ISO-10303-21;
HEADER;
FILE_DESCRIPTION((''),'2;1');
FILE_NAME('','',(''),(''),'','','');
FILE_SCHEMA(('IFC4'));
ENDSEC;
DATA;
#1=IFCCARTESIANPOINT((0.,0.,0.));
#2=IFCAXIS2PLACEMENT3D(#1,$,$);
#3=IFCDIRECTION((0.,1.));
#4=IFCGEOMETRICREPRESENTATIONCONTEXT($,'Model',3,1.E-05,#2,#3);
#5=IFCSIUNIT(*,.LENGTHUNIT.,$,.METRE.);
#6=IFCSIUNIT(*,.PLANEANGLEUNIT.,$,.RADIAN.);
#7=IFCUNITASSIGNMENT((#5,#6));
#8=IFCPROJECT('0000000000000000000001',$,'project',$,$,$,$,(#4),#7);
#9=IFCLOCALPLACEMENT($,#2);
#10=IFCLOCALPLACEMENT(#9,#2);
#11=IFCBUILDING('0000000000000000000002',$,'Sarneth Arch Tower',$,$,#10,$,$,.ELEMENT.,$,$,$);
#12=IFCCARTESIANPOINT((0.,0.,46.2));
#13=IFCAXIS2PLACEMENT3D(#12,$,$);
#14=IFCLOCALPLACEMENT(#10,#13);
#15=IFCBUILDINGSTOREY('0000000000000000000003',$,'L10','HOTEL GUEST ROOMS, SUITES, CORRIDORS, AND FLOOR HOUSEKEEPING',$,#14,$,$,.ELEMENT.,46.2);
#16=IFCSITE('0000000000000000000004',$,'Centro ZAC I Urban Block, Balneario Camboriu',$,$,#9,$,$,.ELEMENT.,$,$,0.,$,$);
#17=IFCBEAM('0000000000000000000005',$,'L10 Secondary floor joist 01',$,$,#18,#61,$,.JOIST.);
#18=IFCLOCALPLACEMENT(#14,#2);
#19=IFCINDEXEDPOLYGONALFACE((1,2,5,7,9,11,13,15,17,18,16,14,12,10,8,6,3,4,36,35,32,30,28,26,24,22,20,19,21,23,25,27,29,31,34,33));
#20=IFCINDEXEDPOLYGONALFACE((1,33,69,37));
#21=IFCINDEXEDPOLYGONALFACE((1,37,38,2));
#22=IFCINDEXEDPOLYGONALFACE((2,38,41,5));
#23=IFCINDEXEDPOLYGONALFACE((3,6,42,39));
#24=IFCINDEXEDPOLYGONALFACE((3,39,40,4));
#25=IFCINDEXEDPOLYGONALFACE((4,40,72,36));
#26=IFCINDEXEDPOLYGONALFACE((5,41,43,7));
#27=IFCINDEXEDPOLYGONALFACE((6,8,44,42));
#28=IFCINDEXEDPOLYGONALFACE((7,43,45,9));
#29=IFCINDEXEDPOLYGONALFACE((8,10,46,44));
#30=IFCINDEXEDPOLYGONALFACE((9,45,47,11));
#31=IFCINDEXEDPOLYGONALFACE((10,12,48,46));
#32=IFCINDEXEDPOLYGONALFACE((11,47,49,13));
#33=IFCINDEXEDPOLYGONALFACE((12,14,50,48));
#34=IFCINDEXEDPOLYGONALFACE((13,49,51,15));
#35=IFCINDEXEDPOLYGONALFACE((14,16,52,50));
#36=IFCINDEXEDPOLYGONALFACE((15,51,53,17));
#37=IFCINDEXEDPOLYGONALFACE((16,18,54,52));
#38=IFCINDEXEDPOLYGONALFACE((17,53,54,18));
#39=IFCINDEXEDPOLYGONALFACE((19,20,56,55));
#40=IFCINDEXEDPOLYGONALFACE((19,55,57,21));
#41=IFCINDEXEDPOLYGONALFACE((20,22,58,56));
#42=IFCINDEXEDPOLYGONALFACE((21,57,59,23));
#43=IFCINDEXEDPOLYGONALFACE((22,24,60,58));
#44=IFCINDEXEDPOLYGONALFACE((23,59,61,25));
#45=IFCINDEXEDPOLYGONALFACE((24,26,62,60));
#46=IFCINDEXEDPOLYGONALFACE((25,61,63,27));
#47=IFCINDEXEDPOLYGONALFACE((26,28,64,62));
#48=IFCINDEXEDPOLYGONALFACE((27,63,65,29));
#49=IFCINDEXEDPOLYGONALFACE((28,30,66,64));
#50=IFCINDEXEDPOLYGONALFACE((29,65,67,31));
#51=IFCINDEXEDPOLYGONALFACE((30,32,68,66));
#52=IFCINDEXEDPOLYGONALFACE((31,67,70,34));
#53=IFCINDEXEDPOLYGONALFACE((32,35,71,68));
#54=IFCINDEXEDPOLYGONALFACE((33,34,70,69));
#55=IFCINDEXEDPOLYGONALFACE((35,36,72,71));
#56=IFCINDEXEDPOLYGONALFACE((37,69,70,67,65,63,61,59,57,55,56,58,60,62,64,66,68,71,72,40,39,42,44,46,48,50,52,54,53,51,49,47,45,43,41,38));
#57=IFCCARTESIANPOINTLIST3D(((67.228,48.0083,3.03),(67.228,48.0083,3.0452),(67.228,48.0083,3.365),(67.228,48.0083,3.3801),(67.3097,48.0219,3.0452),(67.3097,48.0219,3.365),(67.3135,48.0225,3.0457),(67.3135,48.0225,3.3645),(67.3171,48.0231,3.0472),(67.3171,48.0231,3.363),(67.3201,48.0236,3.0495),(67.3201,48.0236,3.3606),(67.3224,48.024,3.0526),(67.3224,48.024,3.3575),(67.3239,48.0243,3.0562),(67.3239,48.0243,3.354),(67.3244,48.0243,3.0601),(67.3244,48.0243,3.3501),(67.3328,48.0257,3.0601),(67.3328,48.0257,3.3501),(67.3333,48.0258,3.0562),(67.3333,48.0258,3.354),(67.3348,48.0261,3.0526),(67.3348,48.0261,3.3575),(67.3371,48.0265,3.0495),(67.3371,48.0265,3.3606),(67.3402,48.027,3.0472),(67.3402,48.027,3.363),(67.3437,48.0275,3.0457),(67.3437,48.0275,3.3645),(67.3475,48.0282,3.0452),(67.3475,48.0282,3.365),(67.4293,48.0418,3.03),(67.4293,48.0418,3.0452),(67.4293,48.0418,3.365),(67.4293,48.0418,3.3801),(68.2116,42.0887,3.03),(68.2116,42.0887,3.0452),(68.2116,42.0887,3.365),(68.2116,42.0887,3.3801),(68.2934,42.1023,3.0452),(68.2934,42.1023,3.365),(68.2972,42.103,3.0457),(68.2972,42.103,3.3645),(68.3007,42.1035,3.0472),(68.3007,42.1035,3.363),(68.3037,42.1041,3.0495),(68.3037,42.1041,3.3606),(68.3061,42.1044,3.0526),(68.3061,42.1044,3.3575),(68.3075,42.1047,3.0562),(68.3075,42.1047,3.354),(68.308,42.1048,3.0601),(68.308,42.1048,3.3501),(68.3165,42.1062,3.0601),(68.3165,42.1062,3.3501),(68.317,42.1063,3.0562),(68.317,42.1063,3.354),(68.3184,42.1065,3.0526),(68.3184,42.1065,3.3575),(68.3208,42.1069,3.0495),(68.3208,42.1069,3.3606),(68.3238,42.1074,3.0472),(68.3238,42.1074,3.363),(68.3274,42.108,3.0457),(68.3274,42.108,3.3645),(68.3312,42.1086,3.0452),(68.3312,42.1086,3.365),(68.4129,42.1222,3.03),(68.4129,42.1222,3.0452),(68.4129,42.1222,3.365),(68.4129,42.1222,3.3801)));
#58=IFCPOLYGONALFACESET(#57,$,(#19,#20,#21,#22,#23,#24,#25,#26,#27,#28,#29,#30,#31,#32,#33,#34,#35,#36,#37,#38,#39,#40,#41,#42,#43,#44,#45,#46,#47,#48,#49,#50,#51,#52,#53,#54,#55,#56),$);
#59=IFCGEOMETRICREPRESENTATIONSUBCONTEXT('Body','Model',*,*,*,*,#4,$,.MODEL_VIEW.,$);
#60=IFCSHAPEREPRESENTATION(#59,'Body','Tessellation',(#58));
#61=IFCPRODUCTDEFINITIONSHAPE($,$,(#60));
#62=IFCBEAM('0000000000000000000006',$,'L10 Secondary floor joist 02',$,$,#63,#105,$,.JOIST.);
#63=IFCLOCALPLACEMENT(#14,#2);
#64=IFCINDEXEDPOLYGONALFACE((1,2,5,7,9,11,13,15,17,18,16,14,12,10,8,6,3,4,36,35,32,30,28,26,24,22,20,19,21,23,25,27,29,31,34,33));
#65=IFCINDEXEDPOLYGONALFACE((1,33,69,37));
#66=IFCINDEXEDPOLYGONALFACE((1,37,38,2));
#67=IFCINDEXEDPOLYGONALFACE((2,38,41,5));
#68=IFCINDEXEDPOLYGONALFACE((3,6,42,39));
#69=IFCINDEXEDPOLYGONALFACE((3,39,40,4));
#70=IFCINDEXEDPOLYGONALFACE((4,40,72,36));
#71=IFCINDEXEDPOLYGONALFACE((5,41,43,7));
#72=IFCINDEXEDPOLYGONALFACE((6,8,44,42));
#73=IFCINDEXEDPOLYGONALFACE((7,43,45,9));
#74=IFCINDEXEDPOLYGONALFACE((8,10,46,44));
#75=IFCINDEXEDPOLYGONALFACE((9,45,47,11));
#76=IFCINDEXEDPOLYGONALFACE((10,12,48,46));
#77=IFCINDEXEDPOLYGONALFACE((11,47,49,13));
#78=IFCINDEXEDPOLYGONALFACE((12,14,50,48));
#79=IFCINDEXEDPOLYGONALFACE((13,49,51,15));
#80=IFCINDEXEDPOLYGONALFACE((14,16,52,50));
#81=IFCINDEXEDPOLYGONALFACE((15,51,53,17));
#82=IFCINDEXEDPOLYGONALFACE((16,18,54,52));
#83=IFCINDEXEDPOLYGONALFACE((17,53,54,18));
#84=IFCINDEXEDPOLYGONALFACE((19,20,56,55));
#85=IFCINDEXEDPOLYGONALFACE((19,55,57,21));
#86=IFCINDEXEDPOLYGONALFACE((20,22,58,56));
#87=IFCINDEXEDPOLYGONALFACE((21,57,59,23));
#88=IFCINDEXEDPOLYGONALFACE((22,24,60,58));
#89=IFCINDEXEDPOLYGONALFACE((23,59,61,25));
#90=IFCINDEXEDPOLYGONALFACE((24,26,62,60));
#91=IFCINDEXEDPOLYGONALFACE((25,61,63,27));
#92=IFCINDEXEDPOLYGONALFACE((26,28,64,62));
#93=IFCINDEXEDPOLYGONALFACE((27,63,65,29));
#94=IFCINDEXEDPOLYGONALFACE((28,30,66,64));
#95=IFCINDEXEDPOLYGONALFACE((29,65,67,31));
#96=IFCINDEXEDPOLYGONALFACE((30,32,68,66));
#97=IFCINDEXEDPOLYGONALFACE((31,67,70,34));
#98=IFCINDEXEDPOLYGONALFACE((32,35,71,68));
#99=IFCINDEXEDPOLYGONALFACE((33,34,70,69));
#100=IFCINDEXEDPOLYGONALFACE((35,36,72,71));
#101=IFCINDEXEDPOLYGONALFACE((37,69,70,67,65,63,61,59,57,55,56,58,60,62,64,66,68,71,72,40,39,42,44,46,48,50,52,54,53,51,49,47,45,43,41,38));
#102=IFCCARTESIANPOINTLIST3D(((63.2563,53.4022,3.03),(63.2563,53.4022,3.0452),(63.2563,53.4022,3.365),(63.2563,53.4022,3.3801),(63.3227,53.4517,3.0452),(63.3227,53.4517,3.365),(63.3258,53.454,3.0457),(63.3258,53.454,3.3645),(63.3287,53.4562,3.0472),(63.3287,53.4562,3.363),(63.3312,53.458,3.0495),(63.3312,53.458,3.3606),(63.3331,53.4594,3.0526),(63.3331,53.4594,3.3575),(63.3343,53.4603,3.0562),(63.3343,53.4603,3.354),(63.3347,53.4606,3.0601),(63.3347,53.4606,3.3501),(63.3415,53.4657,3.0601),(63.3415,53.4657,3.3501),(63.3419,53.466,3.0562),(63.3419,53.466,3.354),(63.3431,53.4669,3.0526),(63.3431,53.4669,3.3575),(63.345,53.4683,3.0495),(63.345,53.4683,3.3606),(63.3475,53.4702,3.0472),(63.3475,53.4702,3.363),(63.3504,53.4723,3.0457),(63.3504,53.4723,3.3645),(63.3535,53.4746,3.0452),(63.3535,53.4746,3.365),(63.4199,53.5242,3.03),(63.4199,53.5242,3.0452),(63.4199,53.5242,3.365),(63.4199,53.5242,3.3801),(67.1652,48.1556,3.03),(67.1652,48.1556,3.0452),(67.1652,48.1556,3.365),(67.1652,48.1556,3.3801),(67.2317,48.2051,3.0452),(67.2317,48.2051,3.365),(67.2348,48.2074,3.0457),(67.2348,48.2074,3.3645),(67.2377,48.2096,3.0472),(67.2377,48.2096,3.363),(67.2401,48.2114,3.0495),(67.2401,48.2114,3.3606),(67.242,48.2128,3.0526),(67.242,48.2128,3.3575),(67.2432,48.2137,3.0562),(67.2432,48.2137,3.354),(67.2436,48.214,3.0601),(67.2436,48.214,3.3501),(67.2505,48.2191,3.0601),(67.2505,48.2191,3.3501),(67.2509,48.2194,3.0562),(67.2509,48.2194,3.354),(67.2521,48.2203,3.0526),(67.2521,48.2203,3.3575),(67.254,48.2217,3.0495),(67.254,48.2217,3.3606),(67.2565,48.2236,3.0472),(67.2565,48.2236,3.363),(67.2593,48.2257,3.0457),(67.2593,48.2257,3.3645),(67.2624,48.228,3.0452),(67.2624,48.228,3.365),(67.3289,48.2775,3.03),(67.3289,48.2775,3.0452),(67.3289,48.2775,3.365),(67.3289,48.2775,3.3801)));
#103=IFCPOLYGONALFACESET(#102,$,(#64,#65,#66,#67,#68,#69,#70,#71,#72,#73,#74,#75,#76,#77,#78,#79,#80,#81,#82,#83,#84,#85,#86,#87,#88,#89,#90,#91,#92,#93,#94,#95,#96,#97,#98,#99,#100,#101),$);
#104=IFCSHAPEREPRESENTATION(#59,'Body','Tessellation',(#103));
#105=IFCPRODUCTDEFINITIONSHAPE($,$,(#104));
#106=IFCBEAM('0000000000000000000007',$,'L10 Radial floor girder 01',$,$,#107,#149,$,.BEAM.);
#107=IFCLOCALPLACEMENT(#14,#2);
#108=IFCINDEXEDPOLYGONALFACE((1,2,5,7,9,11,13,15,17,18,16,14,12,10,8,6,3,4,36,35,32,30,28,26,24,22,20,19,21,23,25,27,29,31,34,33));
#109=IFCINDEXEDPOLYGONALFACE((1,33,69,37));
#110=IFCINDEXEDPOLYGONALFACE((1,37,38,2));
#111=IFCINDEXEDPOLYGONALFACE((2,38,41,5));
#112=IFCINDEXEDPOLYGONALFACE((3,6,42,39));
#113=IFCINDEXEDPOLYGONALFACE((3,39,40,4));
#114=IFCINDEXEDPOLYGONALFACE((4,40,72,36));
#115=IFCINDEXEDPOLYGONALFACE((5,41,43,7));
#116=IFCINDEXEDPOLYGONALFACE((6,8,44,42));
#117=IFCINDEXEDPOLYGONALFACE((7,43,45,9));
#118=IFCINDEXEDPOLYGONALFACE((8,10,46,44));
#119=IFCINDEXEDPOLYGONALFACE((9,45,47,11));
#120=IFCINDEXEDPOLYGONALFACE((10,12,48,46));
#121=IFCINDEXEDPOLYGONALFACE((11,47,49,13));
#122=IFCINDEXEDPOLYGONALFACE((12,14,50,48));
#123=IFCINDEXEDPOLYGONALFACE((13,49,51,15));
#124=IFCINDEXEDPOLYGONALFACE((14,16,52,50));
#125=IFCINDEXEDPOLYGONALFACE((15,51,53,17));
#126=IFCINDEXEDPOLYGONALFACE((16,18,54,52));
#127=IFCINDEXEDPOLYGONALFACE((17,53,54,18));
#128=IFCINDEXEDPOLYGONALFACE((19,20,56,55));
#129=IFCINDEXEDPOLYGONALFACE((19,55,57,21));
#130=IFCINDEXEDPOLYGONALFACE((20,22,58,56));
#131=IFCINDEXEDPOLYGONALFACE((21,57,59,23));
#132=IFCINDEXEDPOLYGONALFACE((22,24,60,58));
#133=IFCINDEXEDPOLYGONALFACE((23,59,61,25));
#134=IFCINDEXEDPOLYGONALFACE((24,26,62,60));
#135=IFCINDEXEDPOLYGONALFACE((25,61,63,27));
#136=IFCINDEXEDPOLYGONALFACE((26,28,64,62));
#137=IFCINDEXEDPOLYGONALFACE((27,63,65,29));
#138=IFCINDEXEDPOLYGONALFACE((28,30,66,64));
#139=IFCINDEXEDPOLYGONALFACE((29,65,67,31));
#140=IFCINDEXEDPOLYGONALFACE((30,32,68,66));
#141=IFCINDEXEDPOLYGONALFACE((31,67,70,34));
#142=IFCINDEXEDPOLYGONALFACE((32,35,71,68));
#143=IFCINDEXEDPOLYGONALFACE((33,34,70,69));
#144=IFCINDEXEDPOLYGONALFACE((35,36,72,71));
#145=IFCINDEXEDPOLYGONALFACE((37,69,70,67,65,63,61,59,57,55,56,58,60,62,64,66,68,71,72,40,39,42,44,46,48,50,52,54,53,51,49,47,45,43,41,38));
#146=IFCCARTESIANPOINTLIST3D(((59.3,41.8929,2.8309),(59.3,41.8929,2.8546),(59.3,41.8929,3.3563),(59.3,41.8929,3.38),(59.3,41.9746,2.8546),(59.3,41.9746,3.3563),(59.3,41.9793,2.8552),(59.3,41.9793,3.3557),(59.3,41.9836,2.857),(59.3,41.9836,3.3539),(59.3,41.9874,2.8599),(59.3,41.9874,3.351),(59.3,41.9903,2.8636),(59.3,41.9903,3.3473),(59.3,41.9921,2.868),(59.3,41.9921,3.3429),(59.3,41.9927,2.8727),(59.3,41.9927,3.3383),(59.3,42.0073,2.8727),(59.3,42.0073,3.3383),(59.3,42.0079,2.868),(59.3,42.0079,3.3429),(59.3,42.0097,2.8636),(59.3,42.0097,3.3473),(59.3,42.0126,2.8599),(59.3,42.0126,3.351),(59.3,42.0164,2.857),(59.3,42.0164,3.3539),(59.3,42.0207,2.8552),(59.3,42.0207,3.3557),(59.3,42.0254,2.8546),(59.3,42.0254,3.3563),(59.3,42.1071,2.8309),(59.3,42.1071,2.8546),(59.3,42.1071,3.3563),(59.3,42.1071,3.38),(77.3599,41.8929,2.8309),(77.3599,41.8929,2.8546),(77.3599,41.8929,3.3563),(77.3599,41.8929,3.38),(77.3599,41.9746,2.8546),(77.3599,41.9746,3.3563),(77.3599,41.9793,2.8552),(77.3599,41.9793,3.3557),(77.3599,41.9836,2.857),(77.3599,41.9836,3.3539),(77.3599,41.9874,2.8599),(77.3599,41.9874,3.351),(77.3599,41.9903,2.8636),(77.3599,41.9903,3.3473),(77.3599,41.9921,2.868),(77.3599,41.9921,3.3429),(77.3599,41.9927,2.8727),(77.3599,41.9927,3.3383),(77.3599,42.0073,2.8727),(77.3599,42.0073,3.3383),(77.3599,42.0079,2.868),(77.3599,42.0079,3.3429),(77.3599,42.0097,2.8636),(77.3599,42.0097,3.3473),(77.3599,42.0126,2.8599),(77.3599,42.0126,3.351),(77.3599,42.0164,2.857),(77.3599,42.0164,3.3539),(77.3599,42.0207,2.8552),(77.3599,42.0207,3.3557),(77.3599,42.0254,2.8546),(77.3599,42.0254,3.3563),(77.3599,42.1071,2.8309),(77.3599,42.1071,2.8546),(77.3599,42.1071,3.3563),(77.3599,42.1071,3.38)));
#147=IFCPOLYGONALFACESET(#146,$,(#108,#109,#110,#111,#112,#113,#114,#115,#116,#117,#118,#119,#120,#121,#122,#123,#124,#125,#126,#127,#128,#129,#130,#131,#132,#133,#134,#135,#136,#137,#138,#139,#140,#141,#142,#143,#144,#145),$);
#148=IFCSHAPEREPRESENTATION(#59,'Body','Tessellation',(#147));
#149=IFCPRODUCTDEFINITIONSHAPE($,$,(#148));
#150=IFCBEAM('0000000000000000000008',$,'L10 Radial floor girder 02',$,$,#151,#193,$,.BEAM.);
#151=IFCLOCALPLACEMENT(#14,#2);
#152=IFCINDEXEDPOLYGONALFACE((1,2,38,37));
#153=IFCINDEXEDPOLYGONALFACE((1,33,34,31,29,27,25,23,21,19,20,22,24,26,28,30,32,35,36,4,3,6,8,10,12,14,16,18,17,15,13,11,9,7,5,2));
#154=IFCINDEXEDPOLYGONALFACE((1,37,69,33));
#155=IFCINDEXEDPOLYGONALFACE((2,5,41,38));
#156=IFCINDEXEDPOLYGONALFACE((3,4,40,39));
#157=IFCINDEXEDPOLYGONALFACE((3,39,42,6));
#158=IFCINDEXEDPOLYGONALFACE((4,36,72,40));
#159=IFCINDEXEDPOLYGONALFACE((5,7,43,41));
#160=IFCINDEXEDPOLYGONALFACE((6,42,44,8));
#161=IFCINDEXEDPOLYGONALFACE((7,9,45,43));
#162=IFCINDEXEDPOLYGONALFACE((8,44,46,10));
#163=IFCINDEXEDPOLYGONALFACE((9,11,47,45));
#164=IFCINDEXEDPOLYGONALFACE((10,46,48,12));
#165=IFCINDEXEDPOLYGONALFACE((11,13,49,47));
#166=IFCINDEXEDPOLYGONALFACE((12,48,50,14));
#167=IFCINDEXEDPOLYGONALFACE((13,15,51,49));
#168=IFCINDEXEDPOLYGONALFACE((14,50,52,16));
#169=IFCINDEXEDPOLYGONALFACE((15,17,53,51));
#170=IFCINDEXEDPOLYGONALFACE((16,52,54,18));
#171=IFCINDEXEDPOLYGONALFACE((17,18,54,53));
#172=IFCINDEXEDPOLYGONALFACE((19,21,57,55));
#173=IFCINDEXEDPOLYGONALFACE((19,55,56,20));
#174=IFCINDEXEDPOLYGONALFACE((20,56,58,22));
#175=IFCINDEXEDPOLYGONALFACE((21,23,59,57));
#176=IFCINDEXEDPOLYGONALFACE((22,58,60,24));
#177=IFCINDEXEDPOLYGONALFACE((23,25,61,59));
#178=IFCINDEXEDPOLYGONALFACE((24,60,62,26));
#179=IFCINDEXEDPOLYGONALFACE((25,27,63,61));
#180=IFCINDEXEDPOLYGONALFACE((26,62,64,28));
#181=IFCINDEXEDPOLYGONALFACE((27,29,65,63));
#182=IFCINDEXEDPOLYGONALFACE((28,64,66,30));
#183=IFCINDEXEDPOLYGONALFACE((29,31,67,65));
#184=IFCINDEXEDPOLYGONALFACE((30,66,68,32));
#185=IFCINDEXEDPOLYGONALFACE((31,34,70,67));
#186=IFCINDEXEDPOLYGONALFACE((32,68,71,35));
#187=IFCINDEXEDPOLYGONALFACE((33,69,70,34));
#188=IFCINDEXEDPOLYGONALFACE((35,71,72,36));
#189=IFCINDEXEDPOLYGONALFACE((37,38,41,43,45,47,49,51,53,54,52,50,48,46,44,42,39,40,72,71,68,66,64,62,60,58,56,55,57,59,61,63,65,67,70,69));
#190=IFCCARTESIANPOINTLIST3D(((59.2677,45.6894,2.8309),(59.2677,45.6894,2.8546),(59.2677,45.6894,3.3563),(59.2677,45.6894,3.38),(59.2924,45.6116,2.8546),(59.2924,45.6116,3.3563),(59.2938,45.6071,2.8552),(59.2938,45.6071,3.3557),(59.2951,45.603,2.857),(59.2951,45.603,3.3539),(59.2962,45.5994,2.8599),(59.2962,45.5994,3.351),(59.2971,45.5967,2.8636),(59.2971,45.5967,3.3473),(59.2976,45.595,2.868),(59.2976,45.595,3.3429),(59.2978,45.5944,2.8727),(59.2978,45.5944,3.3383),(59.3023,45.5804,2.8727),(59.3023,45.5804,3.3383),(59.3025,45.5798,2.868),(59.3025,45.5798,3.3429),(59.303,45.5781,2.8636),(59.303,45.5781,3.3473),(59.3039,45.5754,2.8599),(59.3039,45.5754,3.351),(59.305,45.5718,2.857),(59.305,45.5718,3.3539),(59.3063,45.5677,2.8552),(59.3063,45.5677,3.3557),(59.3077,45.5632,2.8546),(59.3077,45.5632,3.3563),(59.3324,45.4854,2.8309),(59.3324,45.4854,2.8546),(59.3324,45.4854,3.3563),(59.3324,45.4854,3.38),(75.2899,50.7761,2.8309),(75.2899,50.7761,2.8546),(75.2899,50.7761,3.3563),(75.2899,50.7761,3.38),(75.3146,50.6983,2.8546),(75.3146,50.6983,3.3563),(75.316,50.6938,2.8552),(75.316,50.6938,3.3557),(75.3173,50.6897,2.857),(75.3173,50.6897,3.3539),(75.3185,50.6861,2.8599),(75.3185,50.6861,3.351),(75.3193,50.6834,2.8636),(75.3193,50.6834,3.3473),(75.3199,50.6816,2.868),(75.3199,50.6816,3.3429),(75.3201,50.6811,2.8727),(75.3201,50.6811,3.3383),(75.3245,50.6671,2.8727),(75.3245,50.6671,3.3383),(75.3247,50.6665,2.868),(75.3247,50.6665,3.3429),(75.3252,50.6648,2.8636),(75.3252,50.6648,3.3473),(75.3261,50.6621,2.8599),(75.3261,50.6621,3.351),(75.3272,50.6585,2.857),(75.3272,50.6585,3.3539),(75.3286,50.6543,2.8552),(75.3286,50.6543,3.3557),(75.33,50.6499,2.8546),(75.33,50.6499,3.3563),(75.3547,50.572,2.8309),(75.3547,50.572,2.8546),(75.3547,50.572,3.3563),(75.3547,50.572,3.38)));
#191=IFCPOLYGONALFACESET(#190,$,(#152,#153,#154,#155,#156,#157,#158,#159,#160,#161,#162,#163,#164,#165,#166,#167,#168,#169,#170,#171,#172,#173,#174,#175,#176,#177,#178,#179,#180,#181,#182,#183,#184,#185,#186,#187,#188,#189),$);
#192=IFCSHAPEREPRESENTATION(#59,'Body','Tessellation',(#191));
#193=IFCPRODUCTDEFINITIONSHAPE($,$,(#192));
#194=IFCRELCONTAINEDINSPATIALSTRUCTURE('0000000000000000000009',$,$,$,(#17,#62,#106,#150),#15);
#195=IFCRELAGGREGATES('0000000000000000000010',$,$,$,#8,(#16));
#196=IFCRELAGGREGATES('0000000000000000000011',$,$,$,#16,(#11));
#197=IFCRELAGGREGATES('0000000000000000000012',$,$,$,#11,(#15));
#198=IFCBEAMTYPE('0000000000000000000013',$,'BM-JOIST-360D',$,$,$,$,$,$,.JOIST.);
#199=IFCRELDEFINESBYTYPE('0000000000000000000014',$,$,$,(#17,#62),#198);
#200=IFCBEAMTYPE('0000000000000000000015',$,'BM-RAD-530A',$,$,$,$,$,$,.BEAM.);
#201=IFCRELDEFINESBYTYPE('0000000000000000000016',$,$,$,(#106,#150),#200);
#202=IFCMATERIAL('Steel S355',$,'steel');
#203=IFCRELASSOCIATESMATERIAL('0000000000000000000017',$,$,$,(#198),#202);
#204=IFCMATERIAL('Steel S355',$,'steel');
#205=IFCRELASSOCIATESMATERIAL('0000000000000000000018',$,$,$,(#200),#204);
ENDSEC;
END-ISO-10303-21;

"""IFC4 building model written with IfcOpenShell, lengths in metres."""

from ifc_helpers import new_model, si_unit, direction, frame, origin, origin_2d, place, context, subcontext, project, spatial, i_section, extrude, material, material_profile, profile_set, type_object, element, save


model = new_model("IFC4")

# Units and contexts
model_context = context("Model", 3, precision=1e-05, world=origin(), true_north=direction((0.0, 1.0)))
body_context = subcontext(model_context, "Body", "Model", "MODEL_VIEW")
ifc_project = project(units=[si_unit("LENGTHUNIT", "METRE"), si_unit("PLANEANGLEUNIT", "RADIAN")], contexts=[model_context])

# Site, building, storey
site_placement = place(None, origin())
site = spatial("IfcSite", under=ifc_project, at=site_placement, Name="Centro ZAC I Urban Block, Balneario Camboriu", CompositionType="ELEMENT", RefElevation=0.0)
building_placement = place(site_placement, origin())
building = spatial("IfcBuilding", under=site, at=building_placement, Name="Sarneth Arch Tower", CompositionType="ELEMENT")
storey_placement = place(building_placement, frame((0.0, 0.0, 46.2)))
storey = spatial("IfcBuildingStorey", under=building, at=storey_placement, Name="L10", Description="HOTEL GUEST ROOMS, SUITES, CORRIDORS, AND FLOOR HOUSEKEEPING", CompositionType="ELEMENT", Elevation=46.2)

# Beams
ifc_material_1 = material(Name="Steel S355", Category="steel")
ifc_material_profile_1 = material_profile(ifc_material_1, i_section(OverallWidth=0.2041, OverallDepth=0.3501, WebThickness=0.0085, FlangeThickness=0.0151, FilletRadius=0.0149, at=origin_2d()), Name="W360x72")
ifc_profile_set_1 = profile_set([ifc_material_profile_1], Name="Steel S355")
beam_type_1 = type_object("IfcBeamType", Name="BM-JOIST-360D", PredefinedType="JOIST", material=ifc_profile_set_1)
beam_1_placement = place(storey_placement, frame((68.3123, 42.1055, 3.2051), z_axis=(-0.163917, 0.986474, 0.0), x_axis=(-0.986474, -0.163917, 0.0)))
element("IfcBeam", 1, at=beam_1_placement, inside=storey, type_object=beam_type_1, Name="L10 Secondary floor joist 01", PredefinedType="JOIST", context=body_context, shape_type="SweptSolid", body=[
    extrude(i_section(OverallWidth=0.2041, OverallDepth=0.3501, WebThickness=0.0085, FlangeThickness=0.0151, FilletRadius=0.0149, at=origin_2d()), origin(), (0.0, 0.0, 1.0), 6.0007),
])
beam_2_placement = place(storey_placement, frame((67.2471, 48.2166, 3.2051), z_axis=(-0.597454, 0.801904, 0.0), x_axis=(-0.801904, -0.597454, 0.0)))
element("IfcBeam", 2, at=beam_2_placement, inside=storey, type_object=beam_type_1, Name="L10 Secondary floor joist 02", PredefinedType="JOIST", context=body_context, shape_type="SweptSolid", body=[
    extrude(i_section(OverallWidth=0.2041, OverallDepth=0.3501, WebThickness=0.0085, FlangeThickness=0.0151, FilletRadius=0.0149, at=origin_2d()), origin(), (0.0, 0.0, 1.0), 6.5427),
])
ifc_material_2 = material(Name="Steel S355", Category="steel")
ifc_material_profile_2 = material_profile(ifc_material_2, i_section(OverallWidth=0.2141, OverallDepth=0.5491, WebThickness=0.0146, FlangeThickness=0.0237, FilletRadius=0.0181, at=origin_2d()), Name="W530x138")
ifc_profile_set_2 = profile_set([ifc_material_profile_2], Name="Steel S355")
beam_type_2 = type_object("IfcBeamType", Name="BM-RAD-530A", PredefinedType="BEAM", material=ifc_profile_set_2)
beam_3_placement = place(storey_placement, frame((59.3, 42.0, 3.1055), z_axis=(1.0, 0.0, 0.0), x_axis=(0.0, 1.0, 0.0)))
element("IfcBeam", 3, at=beam_3_placement, inside=storey, type_object=beam_type_2, Name="L10 Radial floor girder 01", PredefinedType="BEAM", context=body_context, shape_type="SweptSolid", body=[
    extrude(i_section(OverallWidth=0.2141, OverallDepth=0.5491, WebThickness=0.0146, FlangeThickness=0.0237, FilletRadius=0.0181, at=origin_2d()), origin(), (0.0, 0.0, 1.0), 18.0598),
])
beam_4_placement = place(storey_placement, frame((59.3, 45.5874, 3.1055), z_axis=(0.95312, 0.302593, 0.0), x_axis=(-0.302593, 0.95312, 0.0)))
element("IfcBeam", 4, at=beam_4_placement, inside=storey, type_object=beam_type_2, Name="L10 Radial floor girder 02", PredefinedType="BEAM", context=body_context, shape_type="SweptSolid", body=[
    extrude(i_section(OverallWidth=0.2141, OverallDepth=0.5491, WebThickness=0.0146, FlangeThickness=0.0237, FilletRadius=0.0181, at=origin_2d()), origin(), (0.0, 0.0, 1.0), 16.8103),
])

save(model, "model.ifc")
